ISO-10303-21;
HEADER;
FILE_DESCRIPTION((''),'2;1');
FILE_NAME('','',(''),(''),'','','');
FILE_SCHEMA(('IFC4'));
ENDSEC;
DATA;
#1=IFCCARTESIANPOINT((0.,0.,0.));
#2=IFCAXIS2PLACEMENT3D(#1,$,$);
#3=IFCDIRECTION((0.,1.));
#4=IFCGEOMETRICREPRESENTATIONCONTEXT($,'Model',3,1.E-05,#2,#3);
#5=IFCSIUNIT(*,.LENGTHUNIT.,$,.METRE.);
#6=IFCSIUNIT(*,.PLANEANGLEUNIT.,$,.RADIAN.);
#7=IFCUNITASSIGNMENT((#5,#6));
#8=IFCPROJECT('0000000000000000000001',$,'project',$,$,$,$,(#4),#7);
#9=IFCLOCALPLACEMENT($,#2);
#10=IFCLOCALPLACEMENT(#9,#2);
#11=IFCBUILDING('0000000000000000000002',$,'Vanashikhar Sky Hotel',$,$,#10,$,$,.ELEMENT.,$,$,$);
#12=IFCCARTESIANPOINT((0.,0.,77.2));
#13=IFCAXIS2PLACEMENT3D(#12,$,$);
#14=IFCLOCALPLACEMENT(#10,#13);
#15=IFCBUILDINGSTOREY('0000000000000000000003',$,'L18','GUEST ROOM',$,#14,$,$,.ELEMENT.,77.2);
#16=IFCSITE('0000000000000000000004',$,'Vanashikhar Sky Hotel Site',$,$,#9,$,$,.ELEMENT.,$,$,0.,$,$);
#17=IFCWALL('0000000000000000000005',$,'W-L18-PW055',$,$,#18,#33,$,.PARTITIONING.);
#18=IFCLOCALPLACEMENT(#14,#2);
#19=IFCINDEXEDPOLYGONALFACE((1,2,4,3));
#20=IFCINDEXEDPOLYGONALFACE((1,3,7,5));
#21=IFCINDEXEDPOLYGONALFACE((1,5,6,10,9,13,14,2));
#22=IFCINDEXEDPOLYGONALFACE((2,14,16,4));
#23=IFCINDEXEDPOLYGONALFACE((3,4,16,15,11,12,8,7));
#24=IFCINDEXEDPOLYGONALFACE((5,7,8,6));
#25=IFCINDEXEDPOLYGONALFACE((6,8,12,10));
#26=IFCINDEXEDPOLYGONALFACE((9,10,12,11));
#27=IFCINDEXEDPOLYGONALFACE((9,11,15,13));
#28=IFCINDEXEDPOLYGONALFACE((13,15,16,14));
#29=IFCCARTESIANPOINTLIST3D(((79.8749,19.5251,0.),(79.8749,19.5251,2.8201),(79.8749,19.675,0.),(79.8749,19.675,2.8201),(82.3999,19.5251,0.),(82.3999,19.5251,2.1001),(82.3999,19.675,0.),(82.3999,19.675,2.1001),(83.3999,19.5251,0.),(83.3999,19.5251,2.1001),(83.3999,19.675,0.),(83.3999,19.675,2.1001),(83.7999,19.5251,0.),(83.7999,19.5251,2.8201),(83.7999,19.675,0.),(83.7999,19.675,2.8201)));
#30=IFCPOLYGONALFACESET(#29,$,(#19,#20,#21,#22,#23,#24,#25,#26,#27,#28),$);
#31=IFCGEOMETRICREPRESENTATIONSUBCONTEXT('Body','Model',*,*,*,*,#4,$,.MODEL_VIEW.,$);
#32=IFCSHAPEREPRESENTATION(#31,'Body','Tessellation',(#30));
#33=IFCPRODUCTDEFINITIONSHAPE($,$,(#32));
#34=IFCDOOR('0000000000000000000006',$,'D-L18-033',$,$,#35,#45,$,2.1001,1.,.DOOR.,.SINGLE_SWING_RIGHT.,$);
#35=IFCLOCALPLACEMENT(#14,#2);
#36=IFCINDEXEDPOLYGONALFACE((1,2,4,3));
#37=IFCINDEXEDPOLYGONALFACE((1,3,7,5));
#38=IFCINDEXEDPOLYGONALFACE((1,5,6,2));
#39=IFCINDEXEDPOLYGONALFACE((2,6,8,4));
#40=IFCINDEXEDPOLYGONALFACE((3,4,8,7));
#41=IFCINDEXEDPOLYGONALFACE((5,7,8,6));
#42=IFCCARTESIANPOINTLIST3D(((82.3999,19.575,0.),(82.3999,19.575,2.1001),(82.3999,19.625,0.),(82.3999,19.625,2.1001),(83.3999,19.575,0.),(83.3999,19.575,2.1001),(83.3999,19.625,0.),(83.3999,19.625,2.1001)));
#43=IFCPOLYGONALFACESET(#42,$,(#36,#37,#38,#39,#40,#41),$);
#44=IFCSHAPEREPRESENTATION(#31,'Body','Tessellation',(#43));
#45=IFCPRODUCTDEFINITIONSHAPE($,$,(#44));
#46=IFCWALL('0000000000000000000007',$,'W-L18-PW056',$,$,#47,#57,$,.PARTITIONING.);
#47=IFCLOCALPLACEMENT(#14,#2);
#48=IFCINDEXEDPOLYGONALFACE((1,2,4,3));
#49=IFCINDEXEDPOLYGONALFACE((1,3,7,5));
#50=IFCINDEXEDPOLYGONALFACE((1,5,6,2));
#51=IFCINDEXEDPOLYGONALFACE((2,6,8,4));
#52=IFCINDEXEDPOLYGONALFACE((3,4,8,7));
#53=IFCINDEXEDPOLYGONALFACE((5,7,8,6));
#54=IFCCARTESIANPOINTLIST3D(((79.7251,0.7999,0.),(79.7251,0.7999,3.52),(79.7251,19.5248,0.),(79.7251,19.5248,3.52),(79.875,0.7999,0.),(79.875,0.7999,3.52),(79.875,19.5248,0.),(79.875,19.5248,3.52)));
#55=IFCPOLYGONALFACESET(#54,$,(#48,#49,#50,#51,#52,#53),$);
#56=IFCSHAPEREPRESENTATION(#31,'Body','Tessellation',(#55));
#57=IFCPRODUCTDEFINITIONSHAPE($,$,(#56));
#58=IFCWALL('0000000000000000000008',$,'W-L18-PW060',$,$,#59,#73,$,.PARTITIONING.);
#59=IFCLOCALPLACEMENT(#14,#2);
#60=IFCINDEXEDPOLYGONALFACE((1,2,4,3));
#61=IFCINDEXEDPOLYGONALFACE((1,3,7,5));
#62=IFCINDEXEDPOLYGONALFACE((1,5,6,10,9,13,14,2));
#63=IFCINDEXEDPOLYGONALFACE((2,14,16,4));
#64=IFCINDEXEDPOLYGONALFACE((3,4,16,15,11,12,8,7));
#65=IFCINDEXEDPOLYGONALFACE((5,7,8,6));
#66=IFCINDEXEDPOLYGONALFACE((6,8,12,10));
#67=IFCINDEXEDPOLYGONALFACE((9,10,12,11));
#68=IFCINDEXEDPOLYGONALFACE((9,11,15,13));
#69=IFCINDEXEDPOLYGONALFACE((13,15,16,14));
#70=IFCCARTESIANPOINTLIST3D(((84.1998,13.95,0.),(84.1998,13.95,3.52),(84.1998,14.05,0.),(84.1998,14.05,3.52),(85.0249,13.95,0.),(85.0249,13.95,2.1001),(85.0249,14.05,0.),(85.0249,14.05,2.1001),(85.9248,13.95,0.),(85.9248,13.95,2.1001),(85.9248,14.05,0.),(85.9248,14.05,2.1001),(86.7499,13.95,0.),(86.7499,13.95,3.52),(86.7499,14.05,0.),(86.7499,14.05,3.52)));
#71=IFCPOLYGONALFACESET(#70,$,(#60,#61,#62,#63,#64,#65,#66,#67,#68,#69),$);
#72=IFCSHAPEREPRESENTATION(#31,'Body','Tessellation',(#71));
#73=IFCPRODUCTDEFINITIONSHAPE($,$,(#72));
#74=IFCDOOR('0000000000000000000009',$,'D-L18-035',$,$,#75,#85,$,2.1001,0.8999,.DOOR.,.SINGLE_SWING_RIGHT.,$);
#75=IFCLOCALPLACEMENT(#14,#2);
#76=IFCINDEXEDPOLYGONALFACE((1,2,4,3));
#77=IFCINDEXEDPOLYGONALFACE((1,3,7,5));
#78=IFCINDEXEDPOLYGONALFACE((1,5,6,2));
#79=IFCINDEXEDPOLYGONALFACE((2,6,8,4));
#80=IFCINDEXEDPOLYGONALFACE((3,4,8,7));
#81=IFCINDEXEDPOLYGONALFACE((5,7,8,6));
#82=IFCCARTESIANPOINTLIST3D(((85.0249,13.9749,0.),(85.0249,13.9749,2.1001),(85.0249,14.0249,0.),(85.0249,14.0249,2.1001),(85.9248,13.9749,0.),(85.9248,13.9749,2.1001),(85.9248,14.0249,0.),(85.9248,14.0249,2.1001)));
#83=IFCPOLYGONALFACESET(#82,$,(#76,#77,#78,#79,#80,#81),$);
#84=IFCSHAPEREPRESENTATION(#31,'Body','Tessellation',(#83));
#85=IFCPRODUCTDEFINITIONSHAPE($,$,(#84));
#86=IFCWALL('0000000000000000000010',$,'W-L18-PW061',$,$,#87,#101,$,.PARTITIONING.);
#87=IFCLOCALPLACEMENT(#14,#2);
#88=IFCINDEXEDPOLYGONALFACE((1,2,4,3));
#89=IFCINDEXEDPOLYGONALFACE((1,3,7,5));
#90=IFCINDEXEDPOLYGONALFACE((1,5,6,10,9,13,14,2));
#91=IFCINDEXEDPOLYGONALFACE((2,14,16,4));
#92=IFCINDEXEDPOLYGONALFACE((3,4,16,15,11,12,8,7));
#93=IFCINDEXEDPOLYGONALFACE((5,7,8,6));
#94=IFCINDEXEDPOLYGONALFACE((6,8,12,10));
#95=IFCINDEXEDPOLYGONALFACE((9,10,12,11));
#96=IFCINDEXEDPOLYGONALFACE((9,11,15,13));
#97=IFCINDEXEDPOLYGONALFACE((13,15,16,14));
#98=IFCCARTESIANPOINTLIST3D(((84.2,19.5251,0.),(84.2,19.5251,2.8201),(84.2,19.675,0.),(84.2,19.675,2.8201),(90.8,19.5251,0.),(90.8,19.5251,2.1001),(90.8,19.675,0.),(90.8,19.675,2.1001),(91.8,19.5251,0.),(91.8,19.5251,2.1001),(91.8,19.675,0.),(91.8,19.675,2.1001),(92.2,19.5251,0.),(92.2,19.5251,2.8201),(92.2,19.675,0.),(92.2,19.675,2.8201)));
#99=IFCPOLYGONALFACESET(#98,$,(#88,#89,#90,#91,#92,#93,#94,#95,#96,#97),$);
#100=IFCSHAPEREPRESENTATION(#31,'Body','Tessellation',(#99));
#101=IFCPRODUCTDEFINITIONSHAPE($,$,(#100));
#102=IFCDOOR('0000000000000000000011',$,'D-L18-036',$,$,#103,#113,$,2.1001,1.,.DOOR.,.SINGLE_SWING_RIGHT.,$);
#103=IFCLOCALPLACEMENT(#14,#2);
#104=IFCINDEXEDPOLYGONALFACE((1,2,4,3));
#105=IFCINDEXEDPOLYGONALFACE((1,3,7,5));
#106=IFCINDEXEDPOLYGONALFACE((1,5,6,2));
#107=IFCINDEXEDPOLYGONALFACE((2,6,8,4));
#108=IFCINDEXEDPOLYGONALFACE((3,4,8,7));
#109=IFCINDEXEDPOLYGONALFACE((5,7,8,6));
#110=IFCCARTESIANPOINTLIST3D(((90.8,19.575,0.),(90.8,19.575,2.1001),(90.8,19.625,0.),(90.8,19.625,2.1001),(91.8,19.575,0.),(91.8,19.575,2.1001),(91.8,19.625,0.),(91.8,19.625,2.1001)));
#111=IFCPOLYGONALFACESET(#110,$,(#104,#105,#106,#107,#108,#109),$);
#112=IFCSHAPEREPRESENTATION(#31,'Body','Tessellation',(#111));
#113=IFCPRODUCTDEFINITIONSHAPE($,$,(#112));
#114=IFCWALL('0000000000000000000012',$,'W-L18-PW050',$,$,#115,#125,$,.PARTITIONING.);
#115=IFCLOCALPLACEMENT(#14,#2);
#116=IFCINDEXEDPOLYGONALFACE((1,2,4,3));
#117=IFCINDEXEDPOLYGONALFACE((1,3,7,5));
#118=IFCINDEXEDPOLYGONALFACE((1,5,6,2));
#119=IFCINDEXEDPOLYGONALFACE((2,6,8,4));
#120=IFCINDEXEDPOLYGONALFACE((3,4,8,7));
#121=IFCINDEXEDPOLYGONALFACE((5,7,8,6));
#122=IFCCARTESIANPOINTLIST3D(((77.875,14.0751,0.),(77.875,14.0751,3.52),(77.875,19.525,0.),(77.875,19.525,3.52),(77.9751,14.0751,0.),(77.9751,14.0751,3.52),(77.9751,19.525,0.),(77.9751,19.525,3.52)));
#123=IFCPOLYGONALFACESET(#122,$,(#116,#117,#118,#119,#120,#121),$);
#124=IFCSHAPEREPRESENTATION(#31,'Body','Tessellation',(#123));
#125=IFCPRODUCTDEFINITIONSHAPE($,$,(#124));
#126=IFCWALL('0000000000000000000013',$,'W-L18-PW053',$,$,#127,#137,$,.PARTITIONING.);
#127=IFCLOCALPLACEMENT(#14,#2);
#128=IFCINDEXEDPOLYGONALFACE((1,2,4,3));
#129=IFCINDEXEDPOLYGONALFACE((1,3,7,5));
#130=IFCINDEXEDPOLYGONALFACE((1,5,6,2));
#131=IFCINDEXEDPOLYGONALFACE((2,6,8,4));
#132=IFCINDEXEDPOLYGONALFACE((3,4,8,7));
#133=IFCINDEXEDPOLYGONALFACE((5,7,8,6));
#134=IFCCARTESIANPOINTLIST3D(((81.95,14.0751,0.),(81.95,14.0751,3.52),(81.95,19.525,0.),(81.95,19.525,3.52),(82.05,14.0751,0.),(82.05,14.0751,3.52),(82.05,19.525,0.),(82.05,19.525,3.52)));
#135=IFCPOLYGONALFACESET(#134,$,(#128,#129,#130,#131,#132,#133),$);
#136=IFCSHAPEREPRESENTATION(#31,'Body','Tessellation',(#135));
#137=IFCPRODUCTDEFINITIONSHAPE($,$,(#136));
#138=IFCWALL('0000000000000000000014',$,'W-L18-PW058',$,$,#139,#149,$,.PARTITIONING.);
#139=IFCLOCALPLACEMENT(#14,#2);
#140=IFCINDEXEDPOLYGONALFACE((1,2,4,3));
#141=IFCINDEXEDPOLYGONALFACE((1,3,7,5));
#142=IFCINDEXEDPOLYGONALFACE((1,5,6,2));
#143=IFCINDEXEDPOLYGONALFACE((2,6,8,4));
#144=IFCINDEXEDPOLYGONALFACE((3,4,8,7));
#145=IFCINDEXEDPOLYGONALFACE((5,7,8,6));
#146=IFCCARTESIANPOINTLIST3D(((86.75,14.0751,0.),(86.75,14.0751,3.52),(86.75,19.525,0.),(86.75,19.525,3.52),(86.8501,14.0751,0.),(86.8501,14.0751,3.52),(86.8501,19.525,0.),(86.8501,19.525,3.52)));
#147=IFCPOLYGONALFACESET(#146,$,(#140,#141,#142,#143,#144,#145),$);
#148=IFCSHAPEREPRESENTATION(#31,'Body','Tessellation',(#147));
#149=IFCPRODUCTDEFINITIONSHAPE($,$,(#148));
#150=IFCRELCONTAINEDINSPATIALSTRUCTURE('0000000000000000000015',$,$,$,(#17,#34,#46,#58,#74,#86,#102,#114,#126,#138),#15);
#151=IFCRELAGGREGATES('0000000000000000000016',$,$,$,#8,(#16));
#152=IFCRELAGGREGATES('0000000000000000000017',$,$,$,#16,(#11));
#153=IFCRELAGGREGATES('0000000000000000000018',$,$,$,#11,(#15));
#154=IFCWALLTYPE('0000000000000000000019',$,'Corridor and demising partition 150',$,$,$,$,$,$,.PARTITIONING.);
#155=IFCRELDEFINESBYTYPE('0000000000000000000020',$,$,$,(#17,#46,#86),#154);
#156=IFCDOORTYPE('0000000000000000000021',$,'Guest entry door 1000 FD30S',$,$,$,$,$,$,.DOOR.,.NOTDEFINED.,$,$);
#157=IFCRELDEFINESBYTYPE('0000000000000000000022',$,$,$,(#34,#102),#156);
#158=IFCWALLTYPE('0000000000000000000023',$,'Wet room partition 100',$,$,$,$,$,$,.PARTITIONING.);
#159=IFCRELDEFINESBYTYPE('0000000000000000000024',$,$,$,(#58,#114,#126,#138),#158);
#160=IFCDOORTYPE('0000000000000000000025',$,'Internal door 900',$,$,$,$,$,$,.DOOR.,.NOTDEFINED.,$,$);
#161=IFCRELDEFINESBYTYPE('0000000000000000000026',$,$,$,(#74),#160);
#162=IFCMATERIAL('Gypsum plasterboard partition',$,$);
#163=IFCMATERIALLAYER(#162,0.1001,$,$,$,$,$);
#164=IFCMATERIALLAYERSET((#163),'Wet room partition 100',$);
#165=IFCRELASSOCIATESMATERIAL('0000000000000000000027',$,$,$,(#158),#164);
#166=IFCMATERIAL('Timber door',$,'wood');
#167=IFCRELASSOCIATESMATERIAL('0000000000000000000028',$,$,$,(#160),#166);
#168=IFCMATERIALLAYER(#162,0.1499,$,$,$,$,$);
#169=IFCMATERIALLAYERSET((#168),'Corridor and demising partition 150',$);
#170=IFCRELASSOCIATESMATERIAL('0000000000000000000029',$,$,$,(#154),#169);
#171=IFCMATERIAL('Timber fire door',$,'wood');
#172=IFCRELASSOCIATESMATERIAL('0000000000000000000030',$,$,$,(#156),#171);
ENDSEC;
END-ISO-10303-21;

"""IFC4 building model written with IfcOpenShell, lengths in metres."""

from ifc_helpers import new_model, si_unit, direction, frame, frame_2d, origin, place, context, subcontext, project, spatial, rectangle, extrude, source, transform, mapped, material, layer, layer_set, type_object, element, fill, save


model = new_model("IFC4")

# Units and contexts
model_context = context("Model", 3, precision=1e-05, world=origin(), true_north=direction((0.0, 1.0)))
body_context = subcontext(model_context, "Body", "Model", "MODEL_VIEW")
ifc_project = project(units=[si_unit("LENGTHUNIT", "METRE"), si_unit("PLANEANGLEUNIT", "RADIAN")], contexts=[model_context])

# Site, building, storey
site_placement = place(None, origin())
site = spatial("IfcSite", under=ifc_project, at=site_placement, Name="Vanashikhar Sky Hotel Site", CompositionType="ELEMENT", RefElevation=0.0)
building_placement = place(site_placement, origin())
building = spatial("IfcBuilding", under=site, at=building_placement, Name="Vanashikhar Sky Hotel", CompositionType="ELEMENT")
storey_placement = place(building_placement, frame((0.0, 0.0, 77.2)))
storey = spatial("IfcBuildingStorey", under=building, at=storey_placement, Name="L18", Description="GUEST ROOM", CompositionType="ELEMENT", Elevation=77.2)

# Wall, opening, door
ifc_material_1 = material(Name="Gypsum plasterboard partition")
ifc_layer_1 = layer(ifc_material_1, 0.1001)
ifc_layer_set_1 = layer_set([ifc_layer_1], Name="Wet room partition 100")
wall_type_1 = type_object("IfcWallType", Name="Wet room partition 100", PredefinedType="PARTITIONING", material=ifc_layer_set_1)
shared_shape_1 = source(origin(), body_context, "Body", "SweptSolid", [
    extrude(rectangle(XDim=0.8999, YDim=2.1001, at=frame_2d((0.45, 1.05))), frame((0.0, 0.0601, 0.0), z_axis=(0.0, -1.0, 0.0), x_axis=(1.0, 0.0, 0.0)), (0.0, 0.0, 1.0), 0.1201),
])
ifc_material_2 = material(Name="Timber door", Category="wood")
door_type_1 = type_object("IfcDoorType", Name="Internal door 900", OperationType="NOTDEFINED", PredefinedType="DOOR", material=ifc_material_2)
shared_shape_2 = source(origin(), body_context, "Body", "SweptSolid", [
    extrude(rectangle(XDim=0.8999, YDim=2.1001, at=frame_2d((0.45, 1.05))), frame((0.0, 0.0249, 0.0), z_axis=(0.0, -1.0, 0.0), x_axis=(1.0, 0.0, 0.0)), (0.0, 0.0, 1.0), 0.05),
])
ifc_layer_2 = layer(ifc_material_1, 0.1499)
ifc_layer_set_2 = layer_set([ifc_layer_2], Name="Corridor and demising partition 150")
wall_type_2 = type_object("IfcWallType", Name="Corridor and demising partition 150", PredefinedType="PARTITIONING", material=ifc_layer_set_2)
shared_shape_3 = source(origin(), body_context, "Body", "SweptSolid", [
    extrude(rectangle(XDim=3.925, YDim=0.1499, at=frame_2d((1.9624, 0.0))), origin(), (0.0, 0.0, 1.0), 2.8201),
])
shared_shape_4 = source(origin(), body_context, "Body", "SweptSolid", [
    extrude(rectangle(XDim=1.0, YDim=2.1001, at=frame_2d((0.5, 1.05))), frame((0.0, 0.085, 0.0), z_axis=(0.0, -1.0, 0.0), x_axis=(1.0, 0.0, 0.0)), (0.0, 0.0, 1.0), 0.1699),
])
ifc_material_3 = material(Name="Timber fire door", Category="wood")
door_type_2 = type_object("IfcDoorType", Name="Guest entry door 1000 FD30S", OperationType="NOTDEFINED", PredefinedType="DOOR", material=ifc_material_3)
shared_shape_5 = source(origin(), body_context, "Body", "SweptSolid", [
    extrude(rectangle(XDim=1.0, YDim=2.1001, at=frame_2d((0.5, 1.05))), frame((0.0, 0.0249, 0.0), z_axis=(0.0, -1.0, 0.0), x_axis=(1.0, 0.0, 0.0)), (0.0, 0.0, 1.0), 0.05),
])
wall_1_placement = place(storey_placement, frame((79.875, 19.6001, 0.0), z_axis=(0.0, 0.0, 1.0), x_axis=(1.0, 0.0, 0.0)))
wall_1 = element("IfcWall", 1, at=wall_1_placement, inside=storey, type_object=wall_type_2, Name="W-L18-PW055", PredefinedType="PARTITIONING", context=body_context, shape_type="MappedRepresentation", body=[
    mapped(shared_shape_3, transform((0.0, 0.0, 0.0), scale=1.0)),
])
opening_1_placement = place(wall_1_placement, frame((2.5249, 0.0, 0.0)))
opening_1 = element("IfcOpeningElement", 2, at=opening_1_placement, cuts=wall_1, PredefinedType="OPENING", context=body_context, shape_type="MappedRepresentation", body=[
    mapped(shared_shape_4, transform((0.0, 0.0, 0.0), scale=1.0)),
])
door_1_placement = place(opening_1_placement, origin())
door_1 = element("IfcDoor", 3, at=door_1_placement, inside=storey, type_object=door_type_2, Name="D-L18-033", OperationType="SINGLE_SWING_RIGHT", OverallHeight=2.1001, OverallWidth=1.0, PredefinedType="DOOR", context=body_context, shape_type="MappedRepresentation", body=[
    mapped(shared_shape_5, transform((0.0, 0.0, 0.0), scale=1.0)),
])
fill(opening_1, door_1)

# Wall
shared_shape_6 = source(origin(), body_context, "Body", "SweptSolid", [
    extrude(rectangle(XDim=18.7249, YDim=0.1499, at=frame_2d((9.3623, 0.0))), origin(), (0.0, 0.0, 1.0), 3.52),
])
wall_2_placement = place(storey_placement, frame((79.8, 0.8, 0.0), z_axis=(0.0, 0.0, 1.0), x_axis=(0.0, 1.0, 0.0)))
element("IfcWall", 4, at=wall_2_placement, inside=storey, type_object=wall_type_2, Name="W-L18-PW056", PredefinedType="PARTITIONING", context=body_context, shape_type="MappedRepresentation", body=[
    mapped(shared_shape_6, transform((0.0, 0.0, 0.0), scale=1.0)),
])

# Walls, openings, doors
shared_shape_7 = source(origin(), body_context, "Body", "SweptSolid", [
    extrude(rectangle(XDim=2.55, YDim=0.1001, at=frame_2d((1.2749, 0.0))), origin(), (0.0, 0.0, 1.0), 3.52),
])
wall_3_placement = place(storey_placement, frame((84.2, 14.0, 0.0), z_axis=(0.0, 0.0, 1.0), x_axis=(1.0, 0.0, 0.0)))
wall_3 = element("IfcWall", 5, at=wall_3_placement, inside=storey, type_object=wall_type_1, Name="W-L18-PW060", PredefinedType="PARTITIONING", context=body_context, shape_type="MappedRepresentation", body=[
    mapped(shared_shape_7, transform((0.0, 0.0, 0.0), scale=1.0)),
])
opening_2_placement = place(wall_3_placement, frame((0.825, 0.0, 0.0)))
opening_2 = element("IfcOpeningElement", 6, at=opening_2_placement, cuts=wall_3, PredefinedType="OPENING", context=body_context, shape_type="MappedRepresentation", body=[
    mapped(shared_shape_1, transform((0.0, 0.0, 0.0), scale=1.0)),
])
door_2_placement = place(opening_2_placement, origin())
door_2 = element("IfcDoor", 7, at=door_2_placement, inside=storey, type_object=door_type_1, Name="D-L18-035", OperationType="SINGLE_SWING_RIGHT", OverallHeight=2.1001, OverallWidth=0.8999, PredefinedType="DOOR", context=body_context, shape_type="MappedRepresentation", body=[
    mapped(shared_shape_2, transform((0.0, 0.0, 0.0), scale=1.0)),
])
fill(opening_2, door_2)
shared_shape_8 = source(origin(), body_context, "Body", "SweptSolid", [
    extrude(rectangle(XDim=8.0, YDim=0.1499, at=frame_2d((4.0, 0.0))), origin(), (0.0, 0.0, 1.0), 2.8201),
])
wall_4_placement = place(storey_placement, frame((84.2, 19.6001, 0.0), z_axis=(0.0, 0.0, 1.0), x_axis=(1.0, 0.0, 0.0)))
wall_4 = element("IfcWall", 8, at=wall_4_placement, inside=storey, type_object=wall_type_2, Name="W-L18-PW061", PredefinedType="PARTITIONING", context=body_context, shape_type="MappedRepresentation", body=[
    mapped(shared_shape_8, transform((0.0, 0.0, 0.0), scale=1.0)),
])
opening_3_placement = place(wall_4_placement, frame((6.6001, 0.0, 0.0)))
opening_3 = element("IfcOpeningElement", 9, at=opening_3_placement, cuts=wall_4, PredefinedType="OPENING", context=body_context, shape_type="MappedRepresentation", body=[
    mapped(shared_shape_4, transform((0.0, 0.0, 0.0), scale=1.0)),
])
door_3_placement = place(opening_3_placement, origin())
door_3 = element("IfcDoor", 10, at=door_3_placement, inside=storey, type_object=door_type_2, Name="D-L18-036", OperationType="SINGLE_SWING_RIGHT", OverallHeight=2.1001, OverallWidth=1.0, PredefinedType="DOOR", context=body_context, shape_type="MappedRepresentation", body=[
    mapped(shared_shape_5, transform((0.0, 0.0, 0.0), scale=1.0)),
])
fill(opening_3, door_3)

# Walls
shared_shape_9 = source(origin(), body_context, "Body", "SweptSolid", [
    extrude(rectangle(XDim=5.45, YDim=0.1001, at=frame_2d((2.7251, 0.0))), origin(), (0.0, 0.0, 1.0), 3.52),
])
for number, where, z_axis, x_axis, name in (
    (11, (77.925, 14.075, 0.0), (0.0, 0.0, 1.0), (0.0, 1.0, 0.0), "W-L18-PW050"),
    (12, (82.0, 14.075, 0.0), (0.0, 0.0, 1.0), (0.0, 1.0, 0.0), "W-L18-PW053"),
    (13, (86.8, 14.075, 0.0), (0.0, 0.0, 1.0), (0.0, 1.0, 0.0), "W-L18-PW058"),
):
    element("IfcWall", number, at=place(storey_placement, frame(where, z_axis=z_axis, x_axis=x_axis)), inside=storey, type_object=wall_type_1, Name=name, PredefinedType="PARTITIONING", context=body_context, shape_type="MappedRepresentation", body=[
        mapped(shared_shape_9, transform((0.0, 0.0, 0.0), scale=1.0)),
    ])

save(model, "model.ifc")
